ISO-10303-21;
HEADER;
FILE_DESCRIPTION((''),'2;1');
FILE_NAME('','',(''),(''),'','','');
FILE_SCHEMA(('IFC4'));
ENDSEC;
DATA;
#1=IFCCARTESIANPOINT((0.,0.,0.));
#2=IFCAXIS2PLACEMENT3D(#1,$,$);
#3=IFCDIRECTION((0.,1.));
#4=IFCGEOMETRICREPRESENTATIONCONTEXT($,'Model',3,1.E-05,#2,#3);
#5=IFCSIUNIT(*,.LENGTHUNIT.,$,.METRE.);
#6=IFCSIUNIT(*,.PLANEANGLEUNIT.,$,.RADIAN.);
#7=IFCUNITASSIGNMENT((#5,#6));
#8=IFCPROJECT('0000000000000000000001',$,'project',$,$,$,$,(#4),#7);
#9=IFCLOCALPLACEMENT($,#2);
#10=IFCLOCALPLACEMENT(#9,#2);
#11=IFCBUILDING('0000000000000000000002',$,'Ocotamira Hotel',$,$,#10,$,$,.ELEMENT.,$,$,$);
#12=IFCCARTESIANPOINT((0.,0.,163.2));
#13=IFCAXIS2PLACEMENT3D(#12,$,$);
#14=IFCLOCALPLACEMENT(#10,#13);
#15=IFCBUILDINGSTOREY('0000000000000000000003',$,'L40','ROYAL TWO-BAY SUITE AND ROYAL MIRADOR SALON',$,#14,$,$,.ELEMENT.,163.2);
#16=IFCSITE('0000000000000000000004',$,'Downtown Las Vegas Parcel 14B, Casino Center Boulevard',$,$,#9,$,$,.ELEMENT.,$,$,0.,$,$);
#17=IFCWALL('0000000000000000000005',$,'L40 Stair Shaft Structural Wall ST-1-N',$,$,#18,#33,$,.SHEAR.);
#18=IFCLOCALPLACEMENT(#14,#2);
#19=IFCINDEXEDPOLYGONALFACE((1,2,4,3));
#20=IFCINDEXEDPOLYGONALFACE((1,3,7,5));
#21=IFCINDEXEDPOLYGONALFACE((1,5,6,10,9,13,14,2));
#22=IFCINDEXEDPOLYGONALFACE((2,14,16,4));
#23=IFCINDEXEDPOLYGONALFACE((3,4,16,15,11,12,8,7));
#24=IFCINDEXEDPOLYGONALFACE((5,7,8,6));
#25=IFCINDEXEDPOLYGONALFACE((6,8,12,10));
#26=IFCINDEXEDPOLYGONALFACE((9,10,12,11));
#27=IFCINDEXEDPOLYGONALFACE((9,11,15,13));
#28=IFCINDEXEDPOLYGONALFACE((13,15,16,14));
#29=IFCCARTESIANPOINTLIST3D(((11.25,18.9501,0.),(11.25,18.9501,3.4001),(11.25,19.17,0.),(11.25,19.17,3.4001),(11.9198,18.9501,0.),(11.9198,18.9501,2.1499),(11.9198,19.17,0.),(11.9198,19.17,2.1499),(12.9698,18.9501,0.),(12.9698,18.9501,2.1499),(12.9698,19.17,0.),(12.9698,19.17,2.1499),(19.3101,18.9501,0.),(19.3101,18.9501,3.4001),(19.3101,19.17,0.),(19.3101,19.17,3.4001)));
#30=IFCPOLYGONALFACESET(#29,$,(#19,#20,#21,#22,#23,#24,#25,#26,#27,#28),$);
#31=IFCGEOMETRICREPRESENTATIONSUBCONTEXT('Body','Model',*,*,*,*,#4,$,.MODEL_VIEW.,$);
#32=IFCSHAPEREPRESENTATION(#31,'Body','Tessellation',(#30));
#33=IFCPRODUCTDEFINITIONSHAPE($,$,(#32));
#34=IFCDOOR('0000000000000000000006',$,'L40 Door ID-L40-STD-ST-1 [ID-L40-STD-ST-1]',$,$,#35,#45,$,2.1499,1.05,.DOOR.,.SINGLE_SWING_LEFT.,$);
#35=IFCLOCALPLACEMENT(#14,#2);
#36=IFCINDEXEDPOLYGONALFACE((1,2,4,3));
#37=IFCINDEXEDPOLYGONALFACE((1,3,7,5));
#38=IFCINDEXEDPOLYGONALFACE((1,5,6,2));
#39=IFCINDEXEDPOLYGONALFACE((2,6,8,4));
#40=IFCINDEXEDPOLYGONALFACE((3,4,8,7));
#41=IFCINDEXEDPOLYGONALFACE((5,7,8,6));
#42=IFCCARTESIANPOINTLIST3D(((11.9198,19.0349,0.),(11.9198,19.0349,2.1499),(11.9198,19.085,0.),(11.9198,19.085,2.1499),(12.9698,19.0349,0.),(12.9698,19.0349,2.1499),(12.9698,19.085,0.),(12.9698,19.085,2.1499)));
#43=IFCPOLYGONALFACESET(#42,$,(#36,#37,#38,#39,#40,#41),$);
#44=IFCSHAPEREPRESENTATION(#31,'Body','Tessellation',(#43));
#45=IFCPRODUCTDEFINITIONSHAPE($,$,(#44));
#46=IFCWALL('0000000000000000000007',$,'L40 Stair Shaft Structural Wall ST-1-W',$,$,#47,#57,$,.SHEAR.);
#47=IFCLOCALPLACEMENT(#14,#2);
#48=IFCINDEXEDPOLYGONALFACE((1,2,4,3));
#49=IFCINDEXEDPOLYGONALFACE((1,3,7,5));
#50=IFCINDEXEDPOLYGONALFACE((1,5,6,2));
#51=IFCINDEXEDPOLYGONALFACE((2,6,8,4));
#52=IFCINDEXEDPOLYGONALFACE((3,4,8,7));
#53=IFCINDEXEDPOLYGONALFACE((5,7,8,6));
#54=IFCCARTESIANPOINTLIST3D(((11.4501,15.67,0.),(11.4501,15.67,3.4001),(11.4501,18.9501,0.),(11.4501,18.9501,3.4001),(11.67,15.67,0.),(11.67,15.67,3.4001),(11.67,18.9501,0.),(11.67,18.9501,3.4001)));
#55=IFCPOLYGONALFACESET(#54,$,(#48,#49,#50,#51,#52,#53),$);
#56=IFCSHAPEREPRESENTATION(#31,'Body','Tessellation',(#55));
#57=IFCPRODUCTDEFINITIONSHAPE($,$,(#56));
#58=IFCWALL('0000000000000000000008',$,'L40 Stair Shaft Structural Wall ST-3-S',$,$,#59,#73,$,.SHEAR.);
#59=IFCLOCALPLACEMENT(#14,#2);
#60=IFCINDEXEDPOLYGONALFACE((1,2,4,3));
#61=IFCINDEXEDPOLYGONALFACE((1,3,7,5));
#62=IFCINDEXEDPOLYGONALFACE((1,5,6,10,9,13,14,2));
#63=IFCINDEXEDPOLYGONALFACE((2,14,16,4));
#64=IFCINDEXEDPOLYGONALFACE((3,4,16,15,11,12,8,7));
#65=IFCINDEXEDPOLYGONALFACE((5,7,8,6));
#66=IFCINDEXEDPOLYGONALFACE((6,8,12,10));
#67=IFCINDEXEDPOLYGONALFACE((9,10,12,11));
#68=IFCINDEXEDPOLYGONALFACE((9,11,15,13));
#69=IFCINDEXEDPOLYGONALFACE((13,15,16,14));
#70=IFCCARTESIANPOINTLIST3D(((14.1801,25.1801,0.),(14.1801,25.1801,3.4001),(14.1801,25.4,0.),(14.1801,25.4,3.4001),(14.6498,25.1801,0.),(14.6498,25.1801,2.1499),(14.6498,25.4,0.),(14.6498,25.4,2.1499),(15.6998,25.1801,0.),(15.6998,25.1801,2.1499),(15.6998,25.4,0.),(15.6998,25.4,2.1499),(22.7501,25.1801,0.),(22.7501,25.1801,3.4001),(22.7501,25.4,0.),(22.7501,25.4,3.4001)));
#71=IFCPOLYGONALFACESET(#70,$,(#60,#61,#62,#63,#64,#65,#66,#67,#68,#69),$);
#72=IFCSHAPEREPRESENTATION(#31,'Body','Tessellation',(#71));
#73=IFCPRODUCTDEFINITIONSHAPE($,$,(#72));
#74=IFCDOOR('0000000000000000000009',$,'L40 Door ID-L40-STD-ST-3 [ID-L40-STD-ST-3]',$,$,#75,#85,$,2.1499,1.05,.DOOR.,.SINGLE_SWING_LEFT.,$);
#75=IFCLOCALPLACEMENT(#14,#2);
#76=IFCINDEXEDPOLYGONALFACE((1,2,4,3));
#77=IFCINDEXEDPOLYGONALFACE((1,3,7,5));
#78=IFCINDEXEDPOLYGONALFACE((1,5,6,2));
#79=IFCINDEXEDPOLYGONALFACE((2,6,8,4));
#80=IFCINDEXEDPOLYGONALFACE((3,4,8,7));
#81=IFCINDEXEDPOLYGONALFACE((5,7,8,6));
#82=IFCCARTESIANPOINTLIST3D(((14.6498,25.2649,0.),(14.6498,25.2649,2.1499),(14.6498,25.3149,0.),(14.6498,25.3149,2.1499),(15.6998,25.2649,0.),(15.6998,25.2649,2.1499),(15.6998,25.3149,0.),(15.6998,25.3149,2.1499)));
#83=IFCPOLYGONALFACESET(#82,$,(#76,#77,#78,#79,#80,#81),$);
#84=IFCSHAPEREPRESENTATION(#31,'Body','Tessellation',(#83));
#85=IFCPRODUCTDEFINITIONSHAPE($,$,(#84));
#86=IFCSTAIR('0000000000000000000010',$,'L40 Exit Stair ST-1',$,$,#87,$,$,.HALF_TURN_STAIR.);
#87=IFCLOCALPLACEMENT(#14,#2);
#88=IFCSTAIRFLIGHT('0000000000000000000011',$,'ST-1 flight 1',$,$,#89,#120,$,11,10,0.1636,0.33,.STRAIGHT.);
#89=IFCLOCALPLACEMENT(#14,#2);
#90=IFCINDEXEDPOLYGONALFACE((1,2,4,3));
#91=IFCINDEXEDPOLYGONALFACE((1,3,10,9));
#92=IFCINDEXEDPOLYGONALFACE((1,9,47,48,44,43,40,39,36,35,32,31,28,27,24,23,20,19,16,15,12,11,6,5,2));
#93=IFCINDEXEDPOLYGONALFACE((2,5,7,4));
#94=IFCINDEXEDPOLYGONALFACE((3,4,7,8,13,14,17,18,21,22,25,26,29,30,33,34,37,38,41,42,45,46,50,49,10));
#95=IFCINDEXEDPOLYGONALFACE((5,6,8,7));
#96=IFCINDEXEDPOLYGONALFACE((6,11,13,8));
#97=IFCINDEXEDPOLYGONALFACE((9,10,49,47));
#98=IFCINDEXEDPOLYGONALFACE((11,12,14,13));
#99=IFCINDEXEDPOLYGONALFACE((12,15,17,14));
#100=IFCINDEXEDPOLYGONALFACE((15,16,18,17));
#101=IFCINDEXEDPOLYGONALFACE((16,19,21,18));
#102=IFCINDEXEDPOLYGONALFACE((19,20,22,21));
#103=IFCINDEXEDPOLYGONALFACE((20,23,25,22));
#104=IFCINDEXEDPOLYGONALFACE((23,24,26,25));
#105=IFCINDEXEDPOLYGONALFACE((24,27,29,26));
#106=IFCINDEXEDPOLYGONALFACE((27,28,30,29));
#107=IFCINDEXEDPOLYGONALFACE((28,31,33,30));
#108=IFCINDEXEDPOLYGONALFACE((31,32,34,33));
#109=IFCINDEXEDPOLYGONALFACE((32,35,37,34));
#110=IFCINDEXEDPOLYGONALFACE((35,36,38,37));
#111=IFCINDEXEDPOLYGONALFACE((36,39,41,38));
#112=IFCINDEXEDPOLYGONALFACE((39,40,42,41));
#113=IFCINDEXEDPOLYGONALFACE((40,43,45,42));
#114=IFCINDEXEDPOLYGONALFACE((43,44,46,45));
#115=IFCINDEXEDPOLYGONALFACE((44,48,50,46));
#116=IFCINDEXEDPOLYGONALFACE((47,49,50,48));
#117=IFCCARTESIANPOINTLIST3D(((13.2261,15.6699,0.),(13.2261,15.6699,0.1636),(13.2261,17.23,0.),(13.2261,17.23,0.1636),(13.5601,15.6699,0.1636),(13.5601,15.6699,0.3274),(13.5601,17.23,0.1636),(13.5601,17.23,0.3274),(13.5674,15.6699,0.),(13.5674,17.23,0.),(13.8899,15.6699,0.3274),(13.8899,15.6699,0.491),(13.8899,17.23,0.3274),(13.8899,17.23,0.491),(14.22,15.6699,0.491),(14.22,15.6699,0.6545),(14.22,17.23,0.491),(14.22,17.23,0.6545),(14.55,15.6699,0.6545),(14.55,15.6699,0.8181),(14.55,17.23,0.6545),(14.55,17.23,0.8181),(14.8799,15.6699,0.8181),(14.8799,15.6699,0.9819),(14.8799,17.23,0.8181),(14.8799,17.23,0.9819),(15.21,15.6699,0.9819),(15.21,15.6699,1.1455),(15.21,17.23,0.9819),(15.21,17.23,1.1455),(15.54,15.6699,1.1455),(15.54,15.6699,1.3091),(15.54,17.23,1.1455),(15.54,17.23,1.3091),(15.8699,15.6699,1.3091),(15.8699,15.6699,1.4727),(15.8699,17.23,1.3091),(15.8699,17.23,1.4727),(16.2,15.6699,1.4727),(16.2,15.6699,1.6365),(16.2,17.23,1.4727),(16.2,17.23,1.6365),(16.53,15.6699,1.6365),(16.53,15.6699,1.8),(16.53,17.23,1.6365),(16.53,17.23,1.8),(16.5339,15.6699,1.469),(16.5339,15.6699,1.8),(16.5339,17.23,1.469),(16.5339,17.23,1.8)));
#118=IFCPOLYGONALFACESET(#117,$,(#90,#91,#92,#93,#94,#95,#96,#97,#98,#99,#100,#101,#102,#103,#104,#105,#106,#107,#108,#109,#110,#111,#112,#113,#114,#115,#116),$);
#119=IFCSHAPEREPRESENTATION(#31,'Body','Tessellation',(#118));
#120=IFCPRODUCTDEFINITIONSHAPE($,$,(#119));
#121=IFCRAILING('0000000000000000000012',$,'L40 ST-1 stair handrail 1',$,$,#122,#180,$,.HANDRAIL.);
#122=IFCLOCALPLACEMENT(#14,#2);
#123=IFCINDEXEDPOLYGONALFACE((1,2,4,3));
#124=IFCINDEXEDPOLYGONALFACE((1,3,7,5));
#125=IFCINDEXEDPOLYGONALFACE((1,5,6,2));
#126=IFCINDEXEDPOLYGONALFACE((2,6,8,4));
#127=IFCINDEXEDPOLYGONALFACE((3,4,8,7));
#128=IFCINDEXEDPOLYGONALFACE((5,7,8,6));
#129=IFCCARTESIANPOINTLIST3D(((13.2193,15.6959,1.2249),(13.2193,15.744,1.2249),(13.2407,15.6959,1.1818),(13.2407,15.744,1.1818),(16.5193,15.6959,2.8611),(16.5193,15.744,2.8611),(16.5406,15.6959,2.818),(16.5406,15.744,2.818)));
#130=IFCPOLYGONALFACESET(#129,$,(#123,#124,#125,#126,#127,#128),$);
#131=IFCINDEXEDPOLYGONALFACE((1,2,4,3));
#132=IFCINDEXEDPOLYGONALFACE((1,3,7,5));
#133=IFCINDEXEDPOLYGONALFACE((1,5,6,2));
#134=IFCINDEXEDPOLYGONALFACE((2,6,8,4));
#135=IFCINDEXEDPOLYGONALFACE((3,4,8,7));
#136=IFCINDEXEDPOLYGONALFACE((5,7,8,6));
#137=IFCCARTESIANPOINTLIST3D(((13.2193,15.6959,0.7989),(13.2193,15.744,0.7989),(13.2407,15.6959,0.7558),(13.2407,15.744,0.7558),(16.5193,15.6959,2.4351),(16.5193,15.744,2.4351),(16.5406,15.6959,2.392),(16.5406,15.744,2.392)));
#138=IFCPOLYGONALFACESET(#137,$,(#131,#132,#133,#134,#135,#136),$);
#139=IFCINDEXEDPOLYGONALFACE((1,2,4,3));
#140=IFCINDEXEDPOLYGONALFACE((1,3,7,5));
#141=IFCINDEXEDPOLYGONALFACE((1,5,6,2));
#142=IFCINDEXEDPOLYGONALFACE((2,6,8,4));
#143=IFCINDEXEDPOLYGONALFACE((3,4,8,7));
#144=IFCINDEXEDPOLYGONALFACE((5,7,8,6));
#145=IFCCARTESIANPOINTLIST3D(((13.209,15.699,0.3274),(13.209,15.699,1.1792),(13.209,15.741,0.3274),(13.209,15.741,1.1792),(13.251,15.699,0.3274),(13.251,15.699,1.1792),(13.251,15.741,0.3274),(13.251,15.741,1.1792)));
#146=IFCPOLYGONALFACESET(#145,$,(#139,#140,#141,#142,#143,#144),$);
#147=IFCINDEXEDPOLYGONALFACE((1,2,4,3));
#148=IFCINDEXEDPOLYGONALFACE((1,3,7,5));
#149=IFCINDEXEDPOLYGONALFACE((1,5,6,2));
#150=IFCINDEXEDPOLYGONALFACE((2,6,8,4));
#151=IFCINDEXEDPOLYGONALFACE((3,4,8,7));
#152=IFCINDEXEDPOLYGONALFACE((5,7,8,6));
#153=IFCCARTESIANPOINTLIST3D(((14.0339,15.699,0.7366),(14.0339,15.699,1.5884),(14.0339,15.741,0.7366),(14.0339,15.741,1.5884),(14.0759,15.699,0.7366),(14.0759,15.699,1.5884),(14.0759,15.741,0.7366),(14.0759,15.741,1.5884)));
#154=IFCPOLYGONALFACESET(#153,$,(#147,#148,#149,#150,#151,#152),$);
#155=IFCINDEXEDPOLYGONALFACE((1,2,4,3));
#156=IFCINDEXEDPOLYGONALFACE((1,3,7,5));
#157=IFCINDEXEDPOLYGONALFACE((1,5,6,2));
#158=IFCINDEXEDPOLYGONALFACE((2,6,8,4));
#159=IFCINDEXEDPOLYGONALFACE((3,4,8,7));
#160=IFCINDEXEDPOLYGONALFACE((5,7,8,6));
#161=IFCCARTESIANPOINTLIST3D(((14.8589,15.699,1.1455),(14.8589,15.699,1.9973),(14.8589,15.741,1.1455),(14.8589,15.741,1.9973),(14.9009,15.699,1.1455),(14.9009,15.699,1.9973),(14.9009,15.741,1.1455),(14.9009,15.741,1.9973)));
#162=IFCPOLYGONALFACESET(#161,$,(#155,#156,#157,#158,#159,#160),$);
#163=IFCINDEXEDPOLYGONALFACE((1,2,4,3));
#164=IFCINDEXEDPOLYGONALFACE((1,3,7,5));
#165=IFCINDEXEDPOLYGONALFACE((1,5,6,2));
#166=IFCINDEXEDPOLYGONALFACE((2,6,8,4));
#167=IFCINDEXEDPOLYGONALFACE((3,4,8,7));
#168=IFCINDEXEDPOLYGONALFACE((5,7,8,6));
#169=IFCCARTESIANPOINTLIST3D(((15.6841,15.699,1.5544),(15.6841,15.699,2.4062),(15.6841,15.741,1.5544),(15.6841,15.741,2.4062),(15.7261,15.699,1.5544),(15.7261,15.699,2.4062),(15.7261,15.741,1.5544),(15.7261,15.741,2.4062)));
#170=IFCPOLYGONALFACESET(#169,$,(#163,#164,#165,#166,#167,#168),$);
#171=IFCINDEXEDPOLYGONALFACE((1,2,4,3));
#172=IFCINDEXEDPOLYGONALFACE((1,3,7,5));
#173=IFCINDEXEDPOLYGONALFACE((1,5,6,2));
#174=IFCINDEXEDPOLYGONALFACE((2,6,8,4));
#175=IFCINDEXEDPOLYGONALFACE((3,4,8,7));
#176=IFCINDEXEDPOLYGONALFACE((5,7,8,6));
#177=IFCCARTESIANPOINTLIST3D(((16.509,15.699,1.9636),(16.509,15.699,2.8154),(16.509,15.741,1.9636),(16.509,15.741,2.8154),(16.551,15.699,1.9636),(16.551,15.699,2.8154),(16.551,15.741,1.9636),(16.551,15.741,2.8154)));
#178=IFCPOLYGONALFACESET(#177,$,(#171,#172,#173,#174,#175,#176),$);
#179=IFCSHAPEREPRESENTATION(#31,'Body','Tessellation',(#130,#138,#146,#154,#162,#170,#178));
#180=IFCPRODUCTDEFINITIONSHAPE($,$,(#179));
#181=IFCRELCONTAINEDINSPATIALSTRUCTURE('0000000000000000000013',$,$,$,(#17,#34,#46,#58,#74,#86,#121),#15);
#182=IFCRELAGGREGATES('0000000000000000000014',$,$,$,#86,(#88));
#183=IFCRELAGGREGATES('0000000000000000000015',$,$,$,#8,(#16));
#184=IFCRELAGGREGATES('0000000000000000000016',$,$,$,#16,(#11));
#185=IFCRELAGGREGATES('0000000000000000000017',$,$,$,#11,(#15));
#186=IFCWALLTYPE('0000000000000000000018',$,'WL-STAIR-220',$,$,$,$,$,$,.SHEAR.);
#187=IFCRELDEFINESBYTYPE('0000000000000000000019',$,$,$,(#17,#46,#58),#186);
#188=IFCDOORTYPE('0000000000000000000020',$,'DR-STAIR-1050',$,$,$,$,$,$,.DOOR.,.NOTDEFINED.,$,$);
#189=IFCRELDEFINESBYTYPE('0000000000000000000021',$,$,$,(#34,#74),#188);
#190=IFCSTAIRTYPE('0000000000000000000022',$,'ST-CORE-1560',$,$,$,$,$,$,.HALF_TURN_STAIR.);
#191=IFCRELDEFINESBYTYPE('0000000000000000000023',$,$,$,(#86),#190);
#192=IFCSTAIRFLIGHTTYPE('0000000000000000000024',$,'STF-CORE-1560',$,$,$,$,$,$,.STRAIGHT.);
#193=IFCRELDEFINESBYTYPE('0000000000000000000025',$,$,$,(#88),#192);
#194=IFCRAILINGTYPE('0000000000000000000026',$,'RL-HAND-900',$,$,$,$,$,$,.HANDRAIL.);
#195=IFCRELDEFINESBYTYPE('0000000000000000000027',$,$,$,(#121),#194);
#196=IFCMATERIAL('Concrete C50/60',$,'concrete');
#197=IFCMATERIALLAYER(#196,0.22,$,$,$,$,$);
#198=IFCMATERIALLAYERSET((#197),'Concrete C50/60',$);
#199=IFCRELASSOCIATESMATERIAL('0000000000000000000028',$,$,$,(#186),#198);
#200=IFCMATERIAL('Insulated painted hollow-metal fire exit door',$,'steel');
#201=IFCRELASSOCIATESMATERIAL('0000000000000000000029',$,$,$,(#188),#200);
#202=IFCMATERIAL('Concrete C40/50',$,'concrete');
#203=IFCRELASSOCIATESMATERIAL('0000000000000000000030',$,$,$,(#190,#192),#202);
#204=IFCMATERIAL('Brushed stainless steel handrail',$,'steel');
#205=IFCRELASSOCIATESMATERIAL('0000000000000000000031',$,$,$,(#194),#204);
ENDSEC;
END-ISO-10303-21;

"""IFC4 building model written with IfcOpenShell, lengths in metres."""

from ifc_helpers import new_model, si_unit, direction, frame, frame_2d, origin, origin_2d, place, context, subcontext, project, spatial, polyline, rectangle, outline, extrude, source, transform, mapped, material, layer, layer_set, type_object, element, fill, aggregate, save


model = new_model("IFC4")

# Units and contexts
model_context = context("Model", 3, precision=1e-05, world=origin(), true_north=direction((0.0, 1.0)))
body_context = subcontext(model_context, "Body", "Model", "MODEL_VIEW")
ifc_project = project(units=[si_unit("LENGTHUNIT", "METRE"), si_unit("PLANEANGLEUNIT", "RADIAN")], contexts=[model_context])

# Site, building, storey
site_placement = place(None, origin())
site = spatial("IfcSite", under=ifc_project, at=site_placement, Name="Downtown Las Vegas Parcel 14B, Casino Center Boulevard", CompositionType="ELEMENT", RefElevation=0.0)
building_placement = place(site_placement, origin())
building = spatial("IfcBuilding", under=site, at=building_placement, Name="Ocotamira Hotel", CompositionType="ELEMENT")
storey_placement = place(building_placement, frame((0.0, 0.0, 163.2)))
storey = spatial("IfcBuildingStorey", under=building, at=storey_placement, Name="L40", Description="ROYAL TWO-BAY SUITE AND ROYAL MIRADOR SALON", CompositionType="ELEMENT", Elevation=163.2)

# Shared definitions
ifc_material_1 = material(Name="Concrete C50/60", Category="concrete")

# Shared definitions
ifc_layer_1 = layer(ifc_material_1, 0.22)
ifc_layer_set_1 = layer_set([ifc_layer_1], Name="Concrete C50/60")
wall_type_1 = type_object("IfcWallType", Name="WL-STAIR-220", PredefinedType="SHEAR", material=ifc_layer_set_1)

# Wall, opening, door
wall_1_placement = place(storey_placement, frame((11.25, 19.0601, 0.0), z_axis=(0.0, 0.0, 1.0), x_axis=(1.0, 0.0, 0.0)))
wall_1 = element("IfcWall", 1, at=wall_1_placement, inside=storey, type_object=wall_type_1, Name="L40 Stair Shaft Structural Wall ST-1-N", PredefinedType="SHEAR", context=body_context, shape_type="SweptSolid", body=[
    extrude(rectangle(XDim=8.0601, YDim=0.22, at=frame_2d((4.03, 0.0))), origin(), (0.0, 0.0, 1.0), 3.4001),
])
opening_1_placement = place(wall_1_placement, frame((0.6699, 0.0, 0.0)))
opening_1 = element("IfcOpeningElement", 2, at=opening_1_placement, cuts=wall_1, PredefinedType="OPENING", context=body_context, shape_type="SweptSolid", body=[
    extrude(rectangle(XDim=1.05, YDim=2.1499, at=frame_2d((0.5249, 1.075))), frame((0.0, 0.1201, 0.0), z_axis=(0.0, -1.0, 0.0), x_axis=(1.0, 0.0, 0.0)), (0.0, 0.0, 1.0), 0.24),
])
ifc_material_2 = material(Name="Insulated painted hollow-metal fire exit door", Category="steel")
door_type_1 = type_object("IfcDoorType", Name="DR-STAIR-1050", OperationType="NOTDEFINED", PredefinedType="DOOR", material=ifc_material_2)
shared_shape_1 = source(origin(), body_context, "Body", "SweptSolid", [
    extrude(rectangle(XDim=1.05, YDim=2.1499, at=frame_2d((0.5249, 1.075))), frame((0.0, 0.0249, 0.0), z_axis=(0.0, -1.0, 0.0), x_axis=(1.0, 0.0, 0.0)), (0.0, 0.0, 1.0), 0.05),
])
door_1_placement = place(opening_1_placement, origin())
door_1 = element("IfcDoor", 3, at=door_1_placement, inside=storey, type_object=door_type_1, Name="L40 Door ID-L40-STD-ST-1 [ID-L40-STD-ST-1]", OperationType="SINGLE_SWING_LEFT", OverallHeight=2.1499, OverallWidth=1.05, PredefinedType="DOOR", context=body_context, shape_type="MappedRepresentation", body=[
    mapped(shared_shape_1, transform((0.0, 0.0, 0.0), scale=1.0)),
])
fill(opening_1, door_1)

# Wall
wall_2_placement = place(storey_placement, frame((11.5601, 15.6699, 0.0), z_axis=(0.0, 0.0, 1.0), x_axis=(0.0, 1.0, 0.0)))
element("IfcWall", 4, at=wall_2_placement, inside=storey, type_object=wall_type_1, Name="L40 Stair Shaft Structural Wall ST-1-W", PredefinedType="SHEAR", context=body_context, shape_type="SweptSolid", body=[
    extrude(rectangle(XDim=3.28, YDim=0.22, at=frame_2d((1.6401, 0.0))), origin(), (0.0, 0.0, 1.0), 3.4001),
])

# Wall, opening, door
wall_3_placement = place(storey_placement, frame((14.1799, 25.29, 0.0), z_axis=(0.0, 0.0, 1.0), x_axis=(1.0, 0.0, 0.0)))
wall_3 = element("IfcWall", 5, at=wall_3_placement, inside=storey, type_object=wall_type_1, Name="L40 Stair Shaft Structural Wall ST-3-S", PredefinedType="SHEAR", context=body_context, shape_type="SweptSolid", body=[
    extrude(rectangle(XDim=8.5701, YDim=0.22, at=frame_2d((4.2852, 0.0))), origin(), (0.0, 0.0, 1.0), 3.4001),
])
opening_2_placement = place(wall_3_placement, frame((0.47, 0.0, 0.0)))
opening_2 = element("IfcOpeningElement", 6, at=opening_2_placement, cuts=wall_3, PredefinedType="OPENING", context=body_context, shape_type="SweptSolid", body=[
    extrude(rectangle(XDim=1.05, YDim=2.1499, at=frame_2d((0.5249, 1.075))), frame((0.0, 0.1201, 0.0), z_axis=(0.0, -1.0, 0.0), x_axis=(1.0, 0.0, 0.0)), (0.0, 0.0, 1.0), 0.24),
])
door_2_placement = place(opening_2_placement, origin())
door_2 = element("IfcDoor", 7, at=door_2_placement, inside=storey, type_object=door_type_1, Name="L40 Door ID-L40-STD-ST-3 [ID-L40-STD-ST-3]", OperationType="SINGLE_SWING_LEFT", OverallHeight=2.1499, OverallWidth=1.05, PredefinedType="DOOR", context=body_context, shape_type="MappedRepresentation", body=[
    mapped(shared_shape_1, transform((0.0, 0.0, 0.0), scale=1.0)),
])
fill(opening_2, door_2)

# Stair, stair flight
ifc_material_3 = material(Name="Concrete C40/50", Category="concrete")
stair_type = type_object("IfcStairType", Name="ST-CORE-1560", PredefinedType="HALF_TURN_STAIR", material=ifc_material_3)
stair_placement = place(storey_placement, origin())
stair = element("IfcStair", 8, at=stair_placement, inside=storey, type_object=stair_type, Name="L40 Exit Stair ST-1", PredefinedType="HALF_TURN_STAIR")
stair_flight_type = type_object("IfcStairFlightType", Name="STF-CORE-1560", PredefinedType="STRAIGHT", material=ifc_material_3)
shared_shape_2 = source(origin(), body_context, "Body", "SweptSolid", [
    extrude(outline(polyline([(-0.0039, 0.0), (-0.0039, 0.1636), (0.3301, 0.1636), (0.3301, 0.3274), (0.6599, 0.3274), (0.6599, 0.491), (0.99, 0.491), (0.99, 0.6545), (1.3201, 0.6545), (1.3201, 0.8181), (1.6499, 0.8181), (1.6499, 0.9819), (1.98, 0.9819), (1.98, 1.1455), (2.3101, 1.1455), (2.3101, 1.3091), (2.6399, 1.3091), (2.6399, 1.4727), (2.97, 1.4727), (2.97, 1.6365), (3.3, 1.6365), (3.3, 1.8), (3.304, 1.8), (3.304, 1.469), (0.3374, 0.0), (-0.0039, 0.0)])), frame((0.0, 0.78, 0.0), z_axis=(0.0, -1.0, 0.0), x_axis=(1.0, 0.0, 0.0)), (0.0, 0.0, 1.0), 1.5601),
])
stair_flight_placement = place(storey_placement, frame((13.23, 16.45, 0.0), z_axis=(0.0, 0.0, 1.0), x_axis=(1.0, 0.0, 0.0)))
stair_flight = element("IfcStairFlight", 9, at=stair_flight_placement, type_object=stair_flight_type, Name="ST-1 flight 1", NumberOfRisers=11, NumberOfTreads=10, PredefinedType="STRAIGHT", RiserHeight=0.1636, TreadLength=0.33, context=body_context, shape_type="MappedRepresentation", body=[
    mapped(shared_shape_2, transform((0.0, 0.0, 0.0), scale=1.0)),
])
aggregate(stair, [stair_flight])

# Railing
ifc_material_4 = material(Name="Brushed stainless steel handrail", Category="steel")
railing_type_1 = type_object("IfcRailingType", Name="RL-HAND-900", PredefinedType="HANDRAIL", material=ifc_material_4)
railing_1_placement = place(storey_placement, frame((13.23, 15.72, 0.3274)))
element("IfcRailing", 10, at=railing_1_placement, inside=storey, type_object=railing_type_1, Name="L40 ST-1 stair handrail 1", PredefinedType="HANDRAIL", context=body_context, shape_type="SweptSolid", body=[
    extrude(rectangle(XDim=0.0481, YDim=0.0481, at=origin_2d()), frame((0.0, 0.0, 0.876), z_axis=(0.89592, 0.0, 0.444215), x_axis=(0.0, 1.0, 0.0)), (0.0, 0.0, 1.0), 3.6833),
    extrude(rectangle(XDim=0.0481, YDim=0.0481, at=origin_2d()), frame((0.0, 0.0, 0.45), z_axis=(0.89592, 0.0, 0.444215), x_axis=(0.0, 1.0, 0.0)), (0.0, 0.0, 1.0), 3.6833),
    extrude(rectangle(XDim=0.042, YDim=0.042, at=origin_2d()), origin(), (0.0, 0.0, 1.0), 0.8518),
    extrude(rectangle(XDim=0.042, YDim=0.042, at=origin_2d()), frame((0.825, 0.0, 0.4092)), (0.0, 0.0, 1.0), 0.8518),
    extrude(rectangle(XDim=0.042, YDim=0.042, at=origin_2d()), frame((1.6499, 0.0, 0.8181)), (0.0, 0.0, 1.0), 0.8518),
    extrude(rectangle(XDim=0.042, YDim=0.042, at=origin_2d()), frame((2.4751, 0.0, 1.2271)), (0.0, 0.0, 1.0), 0.8518),
    extrude(rectangle(XDim=0.042, YDim=0.042, at=origin_2d()), frame((3.3, 0.0, 1.6362)), (0.0, 0.0, 1.0), 0.8518),
])

save(model, "model.ifc")
